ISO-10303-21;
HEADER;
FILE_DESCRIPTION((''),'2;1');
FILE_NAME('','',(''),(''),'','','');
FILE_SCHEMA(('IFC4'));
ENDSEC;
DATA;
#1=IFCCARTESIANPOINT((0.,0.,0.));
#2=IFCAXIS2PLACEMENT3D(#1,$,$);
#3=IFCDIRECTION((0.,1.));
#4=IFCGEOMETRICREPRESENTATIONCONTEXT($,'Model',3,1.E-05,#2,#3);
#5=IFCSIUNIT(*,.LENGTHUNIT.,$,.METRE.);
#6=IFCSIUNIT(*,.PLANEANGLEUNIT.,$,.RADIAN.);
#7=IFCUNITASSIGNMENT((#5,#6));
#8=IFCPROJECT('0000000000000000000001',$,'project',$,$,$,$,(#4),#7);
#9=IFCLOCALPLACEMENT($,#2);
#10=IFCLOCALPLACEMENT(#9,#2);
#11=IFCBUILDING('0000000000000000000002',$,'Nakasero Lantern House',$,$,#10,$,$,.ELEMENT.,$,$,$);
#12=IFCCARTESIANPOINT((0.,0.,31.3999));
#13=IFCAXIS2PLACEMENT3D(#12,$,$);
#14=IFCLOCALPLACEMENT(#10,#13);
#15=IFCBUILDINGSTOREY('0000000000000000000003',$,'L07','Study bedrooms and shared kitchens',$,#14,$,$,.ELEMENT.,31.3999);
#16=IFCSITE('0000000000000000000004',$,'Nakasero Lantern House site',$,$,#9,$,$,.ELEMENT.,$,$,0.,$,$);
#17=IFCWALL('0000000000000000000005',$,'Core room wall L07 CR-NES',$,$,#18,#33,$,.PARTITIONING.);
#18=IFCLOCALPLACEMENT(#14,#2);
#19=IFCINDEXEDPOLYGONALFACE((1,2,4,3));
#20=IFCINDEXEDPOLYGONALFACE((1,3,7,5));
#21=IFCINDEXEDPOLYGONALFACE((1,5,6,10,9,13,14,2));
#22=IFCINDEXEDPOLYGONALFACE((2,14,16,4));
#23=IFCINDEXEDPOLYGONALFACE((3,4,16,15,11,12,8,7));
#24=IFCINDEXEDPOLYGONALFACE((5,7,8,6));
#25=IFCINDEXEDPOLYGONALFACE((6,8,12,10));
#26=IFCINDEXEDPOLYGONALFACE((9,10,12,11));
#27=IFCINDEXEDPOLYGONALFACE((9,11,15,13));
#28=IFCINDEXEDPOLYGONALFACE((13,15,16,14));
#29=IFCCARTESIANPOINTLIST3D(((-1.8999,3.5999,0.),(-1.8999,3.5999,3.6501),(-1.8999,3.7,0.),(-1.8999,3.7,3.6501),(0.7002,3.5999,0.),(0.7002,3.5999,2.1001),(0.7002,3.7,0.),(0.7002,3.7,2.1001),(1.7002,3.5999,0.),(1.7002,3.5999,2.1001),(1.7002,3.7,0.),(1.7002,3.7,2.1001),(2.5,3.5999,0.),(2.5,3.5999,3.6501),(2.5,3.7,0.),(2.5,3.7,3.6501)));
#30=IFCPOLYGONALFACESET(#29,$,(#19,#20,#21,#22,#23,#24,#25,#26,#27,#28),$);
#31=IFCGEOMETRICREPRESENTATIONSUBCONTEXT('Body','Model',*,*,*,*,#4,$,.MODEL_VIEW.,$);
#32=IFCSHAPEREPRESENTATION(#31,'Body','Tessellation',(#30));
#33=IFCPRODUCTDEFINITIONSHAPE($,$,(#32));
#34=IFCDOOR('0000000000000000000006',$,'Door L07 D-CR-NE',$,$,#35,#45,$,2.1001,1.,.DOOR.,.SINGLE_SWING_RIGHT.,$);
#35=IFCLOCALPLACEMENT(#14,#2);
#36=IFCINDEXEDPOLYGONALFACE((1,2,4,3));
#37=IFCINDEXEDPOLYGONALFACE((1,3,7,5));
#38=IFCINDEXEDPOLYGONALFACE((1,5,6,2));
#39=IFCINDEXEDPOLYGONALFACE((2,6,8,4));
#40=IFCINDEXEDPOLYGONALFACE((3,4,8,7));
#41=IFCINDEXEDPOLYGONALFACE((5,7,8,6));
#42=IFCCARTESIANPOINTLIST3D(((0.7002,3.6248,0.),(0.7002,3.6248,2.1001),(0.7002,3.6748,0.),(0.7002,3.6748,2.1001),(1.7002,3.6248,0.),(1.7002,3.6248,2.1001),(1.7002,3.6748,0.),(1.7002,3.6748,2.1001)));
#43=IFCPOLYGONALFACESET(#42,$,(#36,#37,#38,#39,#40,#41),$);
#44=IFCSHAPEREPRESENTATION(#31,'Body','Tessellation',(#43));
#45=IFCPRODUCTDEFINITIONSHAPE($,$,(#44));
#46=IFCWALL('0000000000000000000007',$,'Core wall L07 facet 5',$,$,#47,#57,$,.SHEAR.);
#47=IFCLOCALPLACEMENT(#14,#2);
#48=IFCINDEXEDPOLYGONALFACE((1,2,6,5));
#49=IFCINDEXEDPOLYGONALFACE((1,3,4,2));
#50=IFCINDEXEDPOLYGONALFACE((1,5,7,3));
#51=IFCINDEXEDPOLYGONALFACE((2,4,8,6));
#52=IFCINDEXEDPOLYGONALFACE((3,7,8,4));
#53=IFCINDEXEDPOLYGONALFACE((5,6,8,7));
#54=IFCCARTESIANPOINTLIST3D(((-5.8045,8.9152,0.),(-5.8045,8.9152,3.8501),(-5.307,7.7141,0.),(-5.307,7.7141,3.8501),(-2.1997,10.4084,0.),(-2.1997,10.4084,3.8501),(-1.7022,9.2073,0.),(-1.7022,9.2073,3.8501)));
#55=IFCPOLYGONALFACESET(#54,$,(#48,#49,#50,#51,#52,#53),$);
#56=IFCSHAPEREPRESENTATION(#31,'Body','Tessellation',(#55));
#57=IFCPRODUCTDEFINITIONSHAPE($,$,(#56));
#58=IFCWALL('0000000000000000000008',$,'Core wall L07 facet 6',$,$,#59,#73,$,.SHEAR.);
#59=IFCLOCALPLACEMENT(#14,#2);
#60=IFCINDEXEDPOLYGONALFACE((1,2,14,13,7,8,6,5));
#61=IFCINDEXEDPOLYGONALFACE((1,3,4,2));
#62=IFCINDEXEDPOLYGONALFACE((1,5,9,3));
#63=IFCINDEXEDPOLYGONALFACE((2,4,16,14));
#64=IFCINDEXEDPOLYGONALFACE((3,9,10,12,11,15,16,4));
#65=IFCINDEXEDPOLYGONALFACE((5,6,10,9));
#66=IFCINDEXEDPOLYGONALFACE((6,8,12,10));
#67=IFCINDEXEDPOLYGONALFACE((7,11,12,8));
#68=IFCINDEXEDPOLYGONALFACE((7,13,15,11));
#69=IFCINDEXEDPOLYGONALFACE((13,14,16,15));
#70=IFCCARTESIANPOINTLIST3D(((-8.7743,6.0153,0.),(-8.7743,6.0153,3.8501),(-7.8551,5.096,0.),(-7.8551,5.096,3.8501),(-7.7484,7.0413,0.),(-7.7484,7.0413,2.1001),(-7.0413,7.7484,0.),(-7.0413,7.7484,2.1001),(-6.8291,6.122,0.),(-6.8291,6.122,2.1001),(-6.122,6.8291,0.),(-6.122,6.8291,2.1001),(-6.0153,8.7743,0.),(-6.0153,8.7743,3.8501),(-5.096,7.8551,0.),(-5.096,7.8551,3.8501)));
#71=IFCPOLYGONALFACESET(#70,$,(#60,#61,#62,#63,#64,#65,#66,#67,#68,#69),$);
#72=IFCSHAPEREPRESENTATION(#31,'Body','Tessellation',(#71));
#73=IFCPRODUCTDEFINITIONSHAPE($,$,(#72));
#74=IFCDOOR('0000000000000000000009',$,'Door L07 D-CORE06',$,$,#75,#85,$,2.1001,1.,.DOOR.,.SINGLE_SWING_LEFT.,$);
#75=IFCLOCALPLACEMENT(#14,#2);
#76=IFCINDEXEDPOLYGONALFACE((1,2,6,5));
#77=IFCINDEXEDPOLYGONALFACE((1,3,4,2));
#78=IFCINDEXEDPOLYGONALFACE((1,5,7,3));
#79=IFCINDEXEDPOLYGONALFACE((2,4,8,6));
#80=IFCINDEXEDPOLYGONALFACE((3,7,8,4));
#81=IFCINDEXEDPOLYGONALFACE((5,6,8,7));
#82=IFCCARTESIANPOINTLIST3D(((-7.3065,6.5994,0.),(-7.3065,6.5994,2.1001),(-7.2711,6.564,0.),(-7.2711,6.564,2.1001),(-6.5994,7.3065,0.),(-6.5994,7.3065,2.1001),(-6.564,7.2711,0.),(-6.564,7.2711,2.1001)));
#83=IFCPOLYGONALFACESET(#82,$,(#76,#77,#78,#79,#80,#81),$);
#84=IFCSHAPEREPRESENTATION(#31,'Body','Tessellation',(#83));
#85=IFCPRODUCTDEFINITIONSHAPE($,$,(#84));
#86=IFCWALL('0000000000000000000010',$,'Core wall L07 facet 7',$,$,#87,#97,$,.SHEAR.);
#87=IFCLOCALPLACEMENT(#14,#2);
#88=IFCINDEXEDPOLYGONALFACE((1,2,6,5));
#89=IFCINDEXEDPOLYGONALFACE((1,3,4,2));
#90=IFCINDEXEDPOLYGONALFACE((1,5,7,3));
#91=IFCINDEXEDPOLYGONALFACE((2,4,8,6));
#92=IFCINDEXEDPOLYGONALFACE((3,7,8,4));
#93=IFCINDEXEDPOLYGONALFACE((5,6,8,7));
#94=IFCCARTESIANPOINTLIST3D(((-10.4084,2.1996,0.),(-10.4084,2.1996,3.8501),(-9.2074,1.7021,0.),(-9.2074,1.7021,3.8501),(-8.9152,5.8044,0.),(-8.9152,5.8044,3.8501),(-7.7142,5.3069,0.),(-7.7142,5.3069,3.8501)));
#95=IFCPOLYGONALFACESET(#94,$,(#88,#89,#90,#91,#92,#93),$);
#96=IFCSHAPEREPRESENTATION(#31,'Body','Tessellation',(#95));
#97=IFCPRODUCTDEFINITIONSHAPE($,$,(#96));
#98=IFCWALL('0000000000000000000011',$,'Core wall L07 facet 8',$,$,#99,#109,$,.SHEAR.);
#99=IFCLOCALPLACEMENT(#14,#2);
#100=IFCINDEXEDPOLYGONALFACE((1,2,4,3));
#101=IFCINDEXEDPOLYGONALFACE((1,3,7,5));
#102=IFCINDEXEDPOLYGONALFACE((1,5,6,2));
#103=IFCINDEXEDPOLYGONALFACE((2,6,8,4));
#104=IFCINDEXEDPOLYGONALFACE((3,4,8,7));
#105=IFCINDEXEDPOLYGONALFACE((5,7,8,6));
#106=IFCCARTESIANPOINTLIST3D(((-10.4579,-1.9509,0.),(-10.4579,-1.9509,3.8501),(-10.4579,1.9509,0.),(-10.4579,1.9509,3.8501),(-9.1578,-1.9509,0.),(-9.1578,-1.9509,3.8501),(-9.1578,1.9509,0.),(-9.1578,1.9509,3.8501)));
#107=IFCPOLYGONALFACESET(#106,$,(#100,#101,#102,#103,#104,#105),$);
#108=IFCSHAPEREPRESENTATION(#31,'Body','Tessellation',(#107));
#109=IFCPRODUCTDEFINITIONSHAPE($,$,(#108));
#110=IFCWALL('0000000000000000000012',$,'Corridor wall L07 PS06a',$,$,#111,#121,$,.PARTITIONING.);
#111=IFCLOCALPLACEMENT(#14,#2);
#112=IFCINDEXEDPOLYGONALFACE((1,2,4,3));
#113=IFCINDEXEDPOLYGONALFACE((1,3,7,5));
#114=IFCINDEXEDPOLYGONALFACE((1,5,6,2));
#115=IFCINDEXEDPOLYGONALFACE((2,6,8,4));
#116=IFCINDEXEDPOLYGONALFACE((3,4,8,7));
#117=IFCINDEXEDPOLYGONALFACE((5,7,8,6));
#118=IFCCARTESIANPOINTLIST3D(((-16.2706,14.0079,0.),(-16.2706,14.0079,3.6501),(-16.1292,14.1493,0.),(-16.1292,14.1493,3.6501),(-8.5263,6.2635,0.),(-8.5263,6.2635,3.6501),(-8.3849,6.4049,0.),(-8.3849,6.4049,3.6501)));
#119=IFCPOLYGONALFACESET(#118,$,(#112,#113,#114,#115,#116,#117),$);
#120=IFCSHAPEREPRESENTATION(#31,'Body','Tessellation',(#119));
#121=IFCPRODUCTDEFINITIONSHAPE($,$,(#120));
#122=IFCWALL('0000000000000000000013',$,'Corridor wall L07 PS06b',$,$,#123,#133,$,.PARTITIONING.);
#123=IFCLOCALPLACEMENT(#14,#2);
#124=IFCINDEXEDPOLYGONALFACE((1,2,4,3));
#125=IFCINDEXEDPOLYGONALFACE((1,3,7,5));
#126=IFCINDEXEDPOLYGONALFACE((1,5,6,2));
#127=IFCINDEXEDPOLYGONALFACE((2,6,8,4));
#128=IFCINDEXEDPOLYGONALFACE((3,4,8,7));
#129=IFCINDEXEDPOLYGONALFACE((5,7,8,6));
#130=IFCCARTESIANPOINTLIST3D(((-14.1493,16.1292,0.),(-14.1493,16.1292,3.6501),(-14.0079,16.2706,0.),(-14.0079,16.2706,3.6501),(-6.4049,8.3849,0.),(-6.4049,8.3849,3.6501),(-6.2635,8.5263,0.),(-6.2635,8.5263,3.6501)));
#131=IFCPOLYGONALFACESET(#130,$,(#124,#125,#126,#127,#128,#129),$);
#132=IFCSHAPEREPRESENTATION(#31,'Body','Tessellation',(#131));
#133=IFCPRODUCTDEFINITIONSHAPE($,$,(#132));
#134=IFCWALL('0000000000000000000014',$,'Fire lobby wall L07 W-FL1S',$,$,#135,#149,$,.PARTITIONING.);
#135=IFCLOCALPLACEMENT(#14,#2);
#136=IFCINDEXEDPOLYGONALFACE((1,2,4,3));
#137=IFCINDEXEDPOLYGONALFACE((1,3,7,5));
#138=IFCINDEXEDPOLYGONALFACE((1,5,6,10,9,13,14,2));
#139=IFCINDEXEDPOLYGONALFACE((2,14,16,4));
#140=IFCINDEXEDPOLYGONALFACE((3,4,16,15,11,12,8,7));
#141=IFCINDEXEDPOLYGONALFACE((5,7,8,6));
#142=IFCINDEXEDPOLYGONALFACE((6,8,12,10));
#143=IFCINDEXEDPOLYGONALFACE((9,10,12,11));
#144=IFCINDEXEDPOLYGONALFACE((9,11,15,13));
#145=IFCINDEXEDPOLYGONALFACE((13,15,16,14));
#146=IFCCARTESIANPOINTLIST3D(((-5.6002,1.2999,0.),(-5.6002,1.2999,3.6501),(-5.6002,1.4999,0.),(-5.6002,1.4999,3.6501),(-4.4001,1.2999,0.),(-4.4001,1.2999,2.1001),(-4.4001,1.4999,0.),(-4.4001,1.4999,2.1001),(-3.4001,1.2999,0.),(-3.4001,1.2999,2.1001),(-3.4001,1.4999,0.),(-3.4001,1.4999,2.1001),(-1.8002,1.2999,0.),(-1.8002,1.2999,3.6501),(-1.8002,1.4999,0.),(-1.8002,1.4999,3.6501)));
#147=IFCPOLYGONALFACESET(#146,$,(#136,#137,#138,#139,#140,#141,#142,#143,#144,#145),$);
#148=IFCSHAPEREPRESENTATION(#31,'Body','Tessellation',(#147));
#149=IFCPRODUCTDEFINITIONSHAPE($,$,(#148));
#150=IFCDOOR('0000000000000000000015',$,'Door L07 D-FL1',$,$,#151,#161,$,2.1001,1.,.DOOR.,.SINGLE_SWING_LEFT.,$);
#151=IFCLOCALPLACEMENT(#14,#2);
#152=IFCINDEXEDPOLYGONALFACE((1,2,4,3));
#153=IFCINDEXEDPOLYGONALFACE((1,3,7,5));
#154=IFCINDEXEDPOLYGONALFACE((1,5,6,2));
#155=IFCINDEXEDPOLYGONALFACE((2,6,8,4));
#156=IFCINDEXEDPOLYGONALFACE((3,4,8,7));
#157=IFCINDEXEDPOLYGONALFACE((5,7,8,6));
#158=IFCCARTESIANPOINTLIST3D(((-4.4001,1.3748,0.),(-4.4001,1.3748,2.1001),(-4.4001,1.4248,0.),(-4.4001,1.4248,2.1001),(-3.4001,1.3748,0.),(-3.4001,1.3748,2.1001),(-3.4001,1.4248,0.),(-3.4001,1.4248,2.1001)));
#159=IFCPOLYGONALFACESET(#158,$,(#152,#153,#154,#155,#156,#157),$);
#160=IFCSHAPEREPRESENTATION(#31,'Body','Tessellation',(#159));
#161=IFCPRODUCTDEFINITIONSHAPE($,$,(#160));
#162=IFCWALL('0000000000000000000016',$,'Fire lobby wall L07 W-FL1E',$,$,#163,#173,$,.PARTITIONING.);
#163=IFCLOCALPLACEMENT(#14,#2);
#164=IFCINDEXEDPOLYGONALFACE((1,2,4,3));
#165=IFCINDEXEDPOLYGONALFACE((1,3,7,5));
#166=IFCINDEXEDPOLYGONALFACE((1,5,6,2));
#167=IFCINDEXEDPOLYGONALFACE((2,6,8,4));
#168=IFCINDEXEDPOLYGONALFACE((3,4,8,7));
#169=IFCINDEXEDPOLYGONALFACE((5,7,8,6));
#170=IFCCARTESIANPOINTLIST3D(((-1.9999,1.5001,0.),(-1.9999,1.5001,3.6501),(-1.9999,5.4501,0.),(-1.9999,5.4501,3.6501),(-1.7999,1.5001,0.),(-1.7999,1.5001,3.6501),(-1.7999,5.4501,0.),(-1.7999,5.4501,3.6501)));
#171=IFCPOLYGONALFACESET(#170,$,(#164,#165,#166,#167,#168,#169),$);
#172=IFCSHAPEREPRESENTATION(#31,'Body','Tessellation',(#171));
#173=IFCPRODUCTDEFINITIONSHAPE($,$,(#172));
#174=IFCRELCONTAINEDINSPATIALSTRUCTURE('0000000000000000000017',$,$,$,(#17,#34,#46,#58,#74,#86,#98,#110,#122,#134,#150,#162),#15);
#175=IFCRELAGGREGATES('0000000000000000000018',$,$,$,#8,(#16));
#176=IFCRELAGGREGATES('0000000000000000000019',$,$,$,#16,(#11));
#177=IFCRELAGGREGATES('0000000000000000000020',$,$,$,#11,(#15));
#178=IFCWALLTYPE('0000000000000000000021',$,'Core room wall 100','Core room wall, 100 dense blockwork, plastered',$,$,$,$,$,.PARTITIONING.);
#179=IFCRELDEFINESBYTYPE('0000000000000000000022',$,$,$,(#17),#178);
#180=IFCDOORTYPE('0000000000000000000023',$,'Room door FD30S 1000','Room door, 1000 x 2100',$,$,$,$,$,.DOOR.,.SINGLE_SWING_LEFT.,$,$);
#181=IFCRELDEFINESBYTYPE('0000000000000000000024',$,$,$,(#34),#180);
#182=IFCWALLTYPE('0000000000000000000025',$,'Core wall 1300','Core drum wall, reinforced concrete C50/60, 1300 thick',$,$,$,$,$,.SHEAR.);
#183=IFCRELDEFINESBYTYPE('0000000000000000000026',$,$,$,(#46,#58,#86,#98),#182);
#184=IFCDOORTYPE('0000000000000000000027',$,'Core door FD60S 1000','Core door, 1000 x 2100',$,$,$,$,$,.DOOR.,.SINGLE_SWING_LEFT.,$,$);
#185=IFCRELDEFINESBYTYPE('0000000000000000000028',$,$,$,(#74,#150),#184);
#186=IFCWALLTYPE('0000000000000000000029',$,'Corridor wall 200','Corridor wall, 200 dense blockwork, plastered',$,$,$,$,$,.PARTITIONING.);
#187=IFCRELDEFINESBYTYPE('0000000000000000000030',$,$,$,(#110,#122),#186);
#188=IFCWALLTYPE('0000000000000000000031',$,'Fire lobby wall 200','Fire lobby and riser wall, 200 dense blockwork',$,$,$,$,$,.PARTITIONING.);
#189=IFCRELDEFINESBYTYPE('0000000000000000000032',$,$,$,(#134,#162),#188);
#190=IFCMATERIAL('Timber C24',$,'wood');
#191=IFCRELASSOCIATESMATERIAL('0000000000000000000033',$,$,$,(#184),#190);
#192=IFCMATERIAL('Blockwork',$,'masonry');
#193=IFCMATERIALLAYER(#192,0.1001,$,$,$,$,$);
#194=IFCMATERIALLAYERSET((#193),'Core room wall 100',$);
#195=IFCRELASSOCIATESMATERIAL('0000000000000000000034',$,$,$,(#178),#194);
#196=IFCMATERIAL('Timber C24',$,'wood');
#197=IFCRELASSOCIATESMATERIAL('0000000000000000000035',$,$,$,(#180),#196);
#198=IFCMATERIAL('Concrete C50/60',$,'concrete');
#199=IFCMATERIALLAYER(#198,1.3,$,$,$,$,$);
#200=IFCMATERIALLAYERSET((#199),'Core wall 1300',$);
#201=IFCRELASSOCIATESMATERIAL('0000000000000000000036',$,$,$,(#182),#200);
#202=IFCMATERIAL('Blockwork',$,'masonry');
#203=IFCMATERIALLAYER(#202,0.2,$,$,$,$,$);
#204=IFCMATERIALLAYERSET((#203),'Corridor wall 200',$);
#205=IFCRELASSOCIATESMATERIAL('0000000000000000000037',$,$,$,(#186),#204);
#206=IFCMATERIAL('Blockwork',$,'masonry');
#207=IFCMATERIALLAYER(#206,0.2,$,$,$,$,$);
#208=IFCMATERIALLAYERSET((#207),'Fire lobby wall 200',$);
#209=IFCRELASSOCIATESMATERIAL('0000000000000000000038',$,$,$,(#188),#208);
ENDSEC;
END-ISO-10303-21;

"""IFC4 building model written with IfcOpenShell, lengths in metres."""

from ifc_helpers import new_model, si_unit, direction, frame, frame_2d, origin, place, context, subcontext, project, spatial, rectangle, extrude, material, layer, layer_set, type_object, element, fill, save


model = new_model("IFC4")

# Units and contexts
model_context = context("Model", 3, precision=1e-05, world=origin(), true_north=direction((0.0, 1.0)))
body_context = subcontext(model_context, "Body", "Model", "MODEL_VIEW")
ifc_project = project(units=[si_unit("LENGTHUNIT", "METRE"), si_unit("PLANEANGLEUNIT", "RADIAN")], contexts=[model_context])

# Site, building, storey
site_placement = place(None, origin())
site = spatial("IfcSite", under=ifc_project, at=site_placement, Name="Nakasero Lantern House site", CompositionType="ELEMENT", RefElevation=0.0)
building_placement = place(site_placement, origin())
building = spatial("IfcBuilding", under=site, at=building_placement, Name="Nakasero Lantern House", CompositionType="ELEMENT")
storey_placement = place(building_placement, frame((0.0, 0.0, 31.3999)))
storey = spatial("IfcBuildingStorey", under=building, at=storey_placement, Name="L07", Description="Study bedrooms and shared kitchens", CompositionType="ELEMENT", Elevation=31.3999)

# Shared definitions
ifc_material_1 = material(Name="Timber C24", Category="wood")
door_type_1 = type_object("IfcDoorType", Name="Core door FD60S 1000", Description="Core door, 1000 x 2100", OperationType="SINGLE_SWING_LEFT", PredefinedType="DOOR", material=ifc_material_1)

# Wall, opening, door
ifc_material_2 = material(Name="Blockwork", Category="masonry")
ifc_layer_1 = layer(ifc_material_2, 0.1001)
ifc_layer_set_1 = layer_set([ifc_layer_1], Name="Core room wall 100")
wall_type_1 = type_object("IfcWallType", Name="Core room wall 100", Description="Core room wall, 100 dense blockwork, plastered", PredefinedType="PARTITIONING", material=ifc_layer_set_1)
wall_1_placement = place(storey_placement, frame((-1.8999, 3.6499, 0.0), z_axis=(0.0, 0.0, 1.0), x_axis=(1.0, 0.0, 0.0)))
wall_1 = element("IfcWall", 1, at=wall_1_placement, inside=storey, type_object=wall_type_1, Name="Core room wall L07 CR-NES", PredefinedType="PARTITIONING", context=body_context, shape_type="SweptSolid", body=[
    extrude(rectangle(XDim=4.3999, YDim=0.1001, at=frame_2d((2.2, 0.0))), origin(), (0.0, 0.0, 1.0), 3.6501),
])
opening_1_placement = place(wall_1_placement, frame((2.6001, 0.0, 0.0)))
opening_1 = element("IfcOpeningElement", 2, at=opening_1_placement, cuts=wall_1, PredefinedType="OPENING", context=body_context, shape_type="SweptSolid", body=[
    extrude(rectangle(XDim=1.0, YDim=2.1001, at=frame_2d((0.5, 1.05))), frame((0.0, 0.0701, 0.0), z_axis=(0.0, -1.0, 0.0), x_axis=(1.0, 0.0, 0.0)), (0.0, 0.0, 1.0), 0.1401),
])
ifc_material_3 = material(Name="Timber C24", Category="wood")
door_type_2 = type_object("IfcDoorType", Name="Room door FD30S 1000", Description="Room door, 1000 x 2100", OperationType="SINGLE_SWING_LEFT", PredefinedType="DOOR", material=ifc_material_3)
door_1_placement = place(opening_1_placement, origin())
door_1 = element("IfcDoor", 3, at=door_1_placement, inside=storey, type_object=door_type_2, Name="Door L07 D-CR-NE", OperationType="SINGLE_SWING_RIGHT", OverallHeight=2.1001, OverallWidth=1.0, PredefinedType="DOOR", context=body_context, shape_type="SweptSolid", body=[
    extrude(rectangle(XDim=1.0, YDim=2.1001, at=frame_2d((0.5, 1.05))), frame((0.0, 0.0249, 0.0), z_axis=(0.0, -1.0, 0.0), x_axis=(1.0, 0.0, 0.0)), (0.0, 0.0, 1.0), 0.05),
])
fill(opening_1, door_1)

# Wall
ifc_material_4 = material(Name="Concrete C50/60", Category="concrete")
ifc_layer_2 = layer(ifc_material_4, 1.3)
ifc_layer_set_2 = layer_set([ifc_layer_2], Name="Core wall 1300")
wall_type_2 = type_object("IfcWallType", Name="Core wall 1300", Description="Core drum wall, reinforced concrete C50/60, 1300 thick", PredefinedType="SHEAR", material=ifc_layer_set_2)
wall_2_placement = place(storey_placement, frame((-1.9509, 9.8079, 0.0), z_axis=(0.0, 0.0, 1.0), x_axis=(-0.923877, -0.382691, 0.0)))
element("IfcWall", 4, at=wall_2_placement, inside=storey, type_object=wall_type_2, Name="Core wall L07 facet 5", PredefinedType="SHEAR", context=body_context, shape_type="SweptSolid", body=[
    extrude(rectangle(XDim=3.9019, YDim=1.3, at=frame_2d((1.9509, 0.0))), origin(), (0.0, 0.0, 1.0), 3.8501),
])

# Wall, opening, door
wall_3_placement = place(storey_placement, frame((-5.5557, 8.3147, 0.0), z_axis=(0.0, 0.0, 1.0), x_axis=(-0.707107, -0.707107, 0.0)))
wall_3 = element("IfcWall", 5, at=wall_3_placement, inside=storey, type_object=wall_type_2, Name="Core wall L07 facet 6", PredefinedType="SHEAR", context=body_context, shape_type="SweptSolid", body=[
    extrude(rectangle(XDim=3.9019, YDim=1.3, at=frame_2d((1.9509, 0.0))), origin(), (0.0, 0.0, 1.0), 3.8501),
])
opening_2_placement = place(wall_3_placement, frame((1.4509, 0.0, 0.0)))
opening_2 = element("IfcOpeningElement", 6, at=opening_2_placement, cuts=wall_3, PredefinedType="OPENING", context=body_context, shape_type="SweptSolid", body=[
    extrude(rectangle(XDim=1.0, YDim=2.1001, at=frame_2d((0.5, 1.05))), frame((0.0, 0.6699, 0.0), z_axis=(0.0, -1.0, 0.0), x_axis=(1.0, 0.0, 0.0)), (0.0, 0.0, 1.0), 1.3401),
])
door_2_placement = place(opening_2_placement, origin())
door_2 = element("IfcDoor", 7, at=door_2_placement, inside=storey, type_object=door_type_1, Name="Door L07 D-CORE06", OperationType="SINGLE_SWING_LEFT", OverallHeight=2.1001, OverallWidth=1.0, PredefinedType="DOOR", context=body_context, shape_type="SweptSolid", body=[
    extrude(rectangle(XDim=1.0, YDim=2.1001, at=frame_2d((0.5, 1.05))), frame((0.0, 0.0249, 0.0), z_axis=(0.0, -1.0, 0.0), x_axis=(1.0, 0.0, 0.0)), (0.0, 0.0, 1.0), 0.05),
])
fill(opening_2, door_2)

# Walls
for number, where, z_axis, x_axis, name in (
    (8, (-8.3147, 5.5557, 0.0), (0.0, 0.0, 1.0), (-0.382691, -0.923877, 0.0), "Core wall L07 facet 7"),
    (9, (-9.8079, 1.9509, 0.0), (0.0, 0.0, 1.0), (0.0, -1.0, 0.0), "Core wall L07 facet 8"),
):
    element("IfcWall", number, at=place(storey_placement, frame(where, z_axis=z_axis, x_axis=x_axis)), inside=storey, type_object=wall_type_2, Name=name, PredefinedType="SHEAR", context=body_context, shape_type="SweptSolid", body=[
        extrude(rectangle(XDim=3.9019, YDim=1.3, at=frame_2d((1.9509, 0.0))), origin(), (0.0, 0.0, 1.0), 3.8501),
    ])
ifc_material_5 = material(Name="Blockwork", Category="masonry")
ifc_layer_3 = layer(ifc_material_5, 0.2)
ifc_layer_set_3 = layer_set([ifc_layer_3], Name="Corridor wall 200")
wall_type_3 = type_object("IfcWallType", Name="Corridor wall 200", Description="Corridor wall, 200 dense blockwork, plastered", PredefinedType="PARTITIONING", material=ifc_layer_set_3)
for number, where, z_axis, x_axis, name in (
    (10, (-8.4556, 6.3342, 0.0), (0.0, 0.0, 1.0), (-0.707107, 0.707107, 0.0), "Corridor wall L07 PS06a"),
    (11, (-6.3342, 8.4556, 0.0), (0.0, 0.0, 1.0), (-0.707107, 0.707107, 0.0), "Corridor wall L07 PS06b"),
):
    element("IfcWall", number, at=place(storey_placement, frame(where, z_axis=z_axis, x_axis=x_axis)), inside=storey, type_object=wall_type_3, Name=name, PredefinedType="PARTITIONING", context=body_context, shape_type="SweptSolid", body=[
        extrude(rectangle(XDim=10.9521, YDim=0.2, at=frame_2d((5.4761, 0.0))), origin(), (0.0, 0.0, 1.0), 3.6501),
    ])

# Wall, opening, door
ifc_material_6 = material(Name="Blockwork", Category="masonry")
ifc_layer_4 = layer(ifc_material_6, 0.2)
ifc_layer_set_4 = layer_set([ifc_layer_4], Name="Fire lobby wall 200")
wall_type_4 = type_object("IfcWallType", Name="Fire lobby wall 200", Description="Fire lobby and riser wall, 200 dense blockwork", PredefinedType="PARTITIONING", material=ifc_layer_set_4)
wall_4_placement = place(storey_placement, frame((-5.6001, 1.3999, 0.0), z_axis=(0.0, 0.0, 1.0), x_axis=(1.0, 0.0, 0.0)))
wall_4 = element("IfcWall", 12, at=wall_4_placement, inside=storey, type_object=wall_type_4, Name="Fire lobby wall L07 W-FL1S", PredefinedType="PARTITIONING", context=body_context, shape_type="SweptSolid", body=[
    extrude(rectangle(XDim=3.8, YDim=0.2, at=frame_2d((1.8999, 0.0))), origin(), (0.0, 0.0, 1.0), 3.6501),
])
opening_3_placement = place(wall_4_placement, frame((1.2, 0.0, 0.0)))
opening_3 = element("IfcOpeningElement", 13, at=opening_3_placement, cuts=wall_4, PredefinedType="OPENING", context=body_context, shape_type="SweptSolid", body=[
    extrude(rectangle(XDim=1.0, YDim=2.1001, at=frame_2d((0.5, 1.05))), frame((0.0, 0.1199, 0.0), z_axis=(0.0, -1.0, 0.0), x_axis=(1.0, 0.0, 0.0)), (0.0, 0.0, 1.0), 0.24),
])
door_3_placement = place(opening_3_placement, origin())
door_3 = element("IfcDoor", 14, at=door_3_placement, inside=storey, type_object=door_type_1, Name="Door L07 D-FL1", OperationType="SINGLE_SWING_LEFT", OverallHeight=2.1001, OverallWidth=1.0, PredefinedType="DOOR", context=body_context, shape_type="SweptSolid", body=[
    extrude(rectangle(XDim=1.0, YDim=2.1001, at=frame_2d((0.5, 1.05))), frame((0.0, 0.0249, 0.0), z_axis=(0.0, -1.0, 0.0), x_axis=(1.0, 0.0, 0.0)), (0.0, 0.0, 1.0), 0.05),
])
fill(opening_3, door_3)

# Wall
wall_5_placement = place(storey_placement, frame((-1.8999, 1.5, 0.0), z_axis=(0.0, 0.0, 1.0), x_axis=(0.0, 1.0, 0.0)))
element("IfcWall", 15, at=wall_5_placement, inside=storey, type_object=wall_type_4, Name="Fire lobby wall L07 W-FL1E", PredefinedType="PARTITIONING", context=body_context, shape_type="SweptSolid", body=[
    extrude(rectangle(XDim=3.95, YDim=0.2, at=frame_2d((1.9751, 0.0))), origin(), (0.0, 0.0, 1.0), 3.6501),
])

save(model, "model.ifc")
